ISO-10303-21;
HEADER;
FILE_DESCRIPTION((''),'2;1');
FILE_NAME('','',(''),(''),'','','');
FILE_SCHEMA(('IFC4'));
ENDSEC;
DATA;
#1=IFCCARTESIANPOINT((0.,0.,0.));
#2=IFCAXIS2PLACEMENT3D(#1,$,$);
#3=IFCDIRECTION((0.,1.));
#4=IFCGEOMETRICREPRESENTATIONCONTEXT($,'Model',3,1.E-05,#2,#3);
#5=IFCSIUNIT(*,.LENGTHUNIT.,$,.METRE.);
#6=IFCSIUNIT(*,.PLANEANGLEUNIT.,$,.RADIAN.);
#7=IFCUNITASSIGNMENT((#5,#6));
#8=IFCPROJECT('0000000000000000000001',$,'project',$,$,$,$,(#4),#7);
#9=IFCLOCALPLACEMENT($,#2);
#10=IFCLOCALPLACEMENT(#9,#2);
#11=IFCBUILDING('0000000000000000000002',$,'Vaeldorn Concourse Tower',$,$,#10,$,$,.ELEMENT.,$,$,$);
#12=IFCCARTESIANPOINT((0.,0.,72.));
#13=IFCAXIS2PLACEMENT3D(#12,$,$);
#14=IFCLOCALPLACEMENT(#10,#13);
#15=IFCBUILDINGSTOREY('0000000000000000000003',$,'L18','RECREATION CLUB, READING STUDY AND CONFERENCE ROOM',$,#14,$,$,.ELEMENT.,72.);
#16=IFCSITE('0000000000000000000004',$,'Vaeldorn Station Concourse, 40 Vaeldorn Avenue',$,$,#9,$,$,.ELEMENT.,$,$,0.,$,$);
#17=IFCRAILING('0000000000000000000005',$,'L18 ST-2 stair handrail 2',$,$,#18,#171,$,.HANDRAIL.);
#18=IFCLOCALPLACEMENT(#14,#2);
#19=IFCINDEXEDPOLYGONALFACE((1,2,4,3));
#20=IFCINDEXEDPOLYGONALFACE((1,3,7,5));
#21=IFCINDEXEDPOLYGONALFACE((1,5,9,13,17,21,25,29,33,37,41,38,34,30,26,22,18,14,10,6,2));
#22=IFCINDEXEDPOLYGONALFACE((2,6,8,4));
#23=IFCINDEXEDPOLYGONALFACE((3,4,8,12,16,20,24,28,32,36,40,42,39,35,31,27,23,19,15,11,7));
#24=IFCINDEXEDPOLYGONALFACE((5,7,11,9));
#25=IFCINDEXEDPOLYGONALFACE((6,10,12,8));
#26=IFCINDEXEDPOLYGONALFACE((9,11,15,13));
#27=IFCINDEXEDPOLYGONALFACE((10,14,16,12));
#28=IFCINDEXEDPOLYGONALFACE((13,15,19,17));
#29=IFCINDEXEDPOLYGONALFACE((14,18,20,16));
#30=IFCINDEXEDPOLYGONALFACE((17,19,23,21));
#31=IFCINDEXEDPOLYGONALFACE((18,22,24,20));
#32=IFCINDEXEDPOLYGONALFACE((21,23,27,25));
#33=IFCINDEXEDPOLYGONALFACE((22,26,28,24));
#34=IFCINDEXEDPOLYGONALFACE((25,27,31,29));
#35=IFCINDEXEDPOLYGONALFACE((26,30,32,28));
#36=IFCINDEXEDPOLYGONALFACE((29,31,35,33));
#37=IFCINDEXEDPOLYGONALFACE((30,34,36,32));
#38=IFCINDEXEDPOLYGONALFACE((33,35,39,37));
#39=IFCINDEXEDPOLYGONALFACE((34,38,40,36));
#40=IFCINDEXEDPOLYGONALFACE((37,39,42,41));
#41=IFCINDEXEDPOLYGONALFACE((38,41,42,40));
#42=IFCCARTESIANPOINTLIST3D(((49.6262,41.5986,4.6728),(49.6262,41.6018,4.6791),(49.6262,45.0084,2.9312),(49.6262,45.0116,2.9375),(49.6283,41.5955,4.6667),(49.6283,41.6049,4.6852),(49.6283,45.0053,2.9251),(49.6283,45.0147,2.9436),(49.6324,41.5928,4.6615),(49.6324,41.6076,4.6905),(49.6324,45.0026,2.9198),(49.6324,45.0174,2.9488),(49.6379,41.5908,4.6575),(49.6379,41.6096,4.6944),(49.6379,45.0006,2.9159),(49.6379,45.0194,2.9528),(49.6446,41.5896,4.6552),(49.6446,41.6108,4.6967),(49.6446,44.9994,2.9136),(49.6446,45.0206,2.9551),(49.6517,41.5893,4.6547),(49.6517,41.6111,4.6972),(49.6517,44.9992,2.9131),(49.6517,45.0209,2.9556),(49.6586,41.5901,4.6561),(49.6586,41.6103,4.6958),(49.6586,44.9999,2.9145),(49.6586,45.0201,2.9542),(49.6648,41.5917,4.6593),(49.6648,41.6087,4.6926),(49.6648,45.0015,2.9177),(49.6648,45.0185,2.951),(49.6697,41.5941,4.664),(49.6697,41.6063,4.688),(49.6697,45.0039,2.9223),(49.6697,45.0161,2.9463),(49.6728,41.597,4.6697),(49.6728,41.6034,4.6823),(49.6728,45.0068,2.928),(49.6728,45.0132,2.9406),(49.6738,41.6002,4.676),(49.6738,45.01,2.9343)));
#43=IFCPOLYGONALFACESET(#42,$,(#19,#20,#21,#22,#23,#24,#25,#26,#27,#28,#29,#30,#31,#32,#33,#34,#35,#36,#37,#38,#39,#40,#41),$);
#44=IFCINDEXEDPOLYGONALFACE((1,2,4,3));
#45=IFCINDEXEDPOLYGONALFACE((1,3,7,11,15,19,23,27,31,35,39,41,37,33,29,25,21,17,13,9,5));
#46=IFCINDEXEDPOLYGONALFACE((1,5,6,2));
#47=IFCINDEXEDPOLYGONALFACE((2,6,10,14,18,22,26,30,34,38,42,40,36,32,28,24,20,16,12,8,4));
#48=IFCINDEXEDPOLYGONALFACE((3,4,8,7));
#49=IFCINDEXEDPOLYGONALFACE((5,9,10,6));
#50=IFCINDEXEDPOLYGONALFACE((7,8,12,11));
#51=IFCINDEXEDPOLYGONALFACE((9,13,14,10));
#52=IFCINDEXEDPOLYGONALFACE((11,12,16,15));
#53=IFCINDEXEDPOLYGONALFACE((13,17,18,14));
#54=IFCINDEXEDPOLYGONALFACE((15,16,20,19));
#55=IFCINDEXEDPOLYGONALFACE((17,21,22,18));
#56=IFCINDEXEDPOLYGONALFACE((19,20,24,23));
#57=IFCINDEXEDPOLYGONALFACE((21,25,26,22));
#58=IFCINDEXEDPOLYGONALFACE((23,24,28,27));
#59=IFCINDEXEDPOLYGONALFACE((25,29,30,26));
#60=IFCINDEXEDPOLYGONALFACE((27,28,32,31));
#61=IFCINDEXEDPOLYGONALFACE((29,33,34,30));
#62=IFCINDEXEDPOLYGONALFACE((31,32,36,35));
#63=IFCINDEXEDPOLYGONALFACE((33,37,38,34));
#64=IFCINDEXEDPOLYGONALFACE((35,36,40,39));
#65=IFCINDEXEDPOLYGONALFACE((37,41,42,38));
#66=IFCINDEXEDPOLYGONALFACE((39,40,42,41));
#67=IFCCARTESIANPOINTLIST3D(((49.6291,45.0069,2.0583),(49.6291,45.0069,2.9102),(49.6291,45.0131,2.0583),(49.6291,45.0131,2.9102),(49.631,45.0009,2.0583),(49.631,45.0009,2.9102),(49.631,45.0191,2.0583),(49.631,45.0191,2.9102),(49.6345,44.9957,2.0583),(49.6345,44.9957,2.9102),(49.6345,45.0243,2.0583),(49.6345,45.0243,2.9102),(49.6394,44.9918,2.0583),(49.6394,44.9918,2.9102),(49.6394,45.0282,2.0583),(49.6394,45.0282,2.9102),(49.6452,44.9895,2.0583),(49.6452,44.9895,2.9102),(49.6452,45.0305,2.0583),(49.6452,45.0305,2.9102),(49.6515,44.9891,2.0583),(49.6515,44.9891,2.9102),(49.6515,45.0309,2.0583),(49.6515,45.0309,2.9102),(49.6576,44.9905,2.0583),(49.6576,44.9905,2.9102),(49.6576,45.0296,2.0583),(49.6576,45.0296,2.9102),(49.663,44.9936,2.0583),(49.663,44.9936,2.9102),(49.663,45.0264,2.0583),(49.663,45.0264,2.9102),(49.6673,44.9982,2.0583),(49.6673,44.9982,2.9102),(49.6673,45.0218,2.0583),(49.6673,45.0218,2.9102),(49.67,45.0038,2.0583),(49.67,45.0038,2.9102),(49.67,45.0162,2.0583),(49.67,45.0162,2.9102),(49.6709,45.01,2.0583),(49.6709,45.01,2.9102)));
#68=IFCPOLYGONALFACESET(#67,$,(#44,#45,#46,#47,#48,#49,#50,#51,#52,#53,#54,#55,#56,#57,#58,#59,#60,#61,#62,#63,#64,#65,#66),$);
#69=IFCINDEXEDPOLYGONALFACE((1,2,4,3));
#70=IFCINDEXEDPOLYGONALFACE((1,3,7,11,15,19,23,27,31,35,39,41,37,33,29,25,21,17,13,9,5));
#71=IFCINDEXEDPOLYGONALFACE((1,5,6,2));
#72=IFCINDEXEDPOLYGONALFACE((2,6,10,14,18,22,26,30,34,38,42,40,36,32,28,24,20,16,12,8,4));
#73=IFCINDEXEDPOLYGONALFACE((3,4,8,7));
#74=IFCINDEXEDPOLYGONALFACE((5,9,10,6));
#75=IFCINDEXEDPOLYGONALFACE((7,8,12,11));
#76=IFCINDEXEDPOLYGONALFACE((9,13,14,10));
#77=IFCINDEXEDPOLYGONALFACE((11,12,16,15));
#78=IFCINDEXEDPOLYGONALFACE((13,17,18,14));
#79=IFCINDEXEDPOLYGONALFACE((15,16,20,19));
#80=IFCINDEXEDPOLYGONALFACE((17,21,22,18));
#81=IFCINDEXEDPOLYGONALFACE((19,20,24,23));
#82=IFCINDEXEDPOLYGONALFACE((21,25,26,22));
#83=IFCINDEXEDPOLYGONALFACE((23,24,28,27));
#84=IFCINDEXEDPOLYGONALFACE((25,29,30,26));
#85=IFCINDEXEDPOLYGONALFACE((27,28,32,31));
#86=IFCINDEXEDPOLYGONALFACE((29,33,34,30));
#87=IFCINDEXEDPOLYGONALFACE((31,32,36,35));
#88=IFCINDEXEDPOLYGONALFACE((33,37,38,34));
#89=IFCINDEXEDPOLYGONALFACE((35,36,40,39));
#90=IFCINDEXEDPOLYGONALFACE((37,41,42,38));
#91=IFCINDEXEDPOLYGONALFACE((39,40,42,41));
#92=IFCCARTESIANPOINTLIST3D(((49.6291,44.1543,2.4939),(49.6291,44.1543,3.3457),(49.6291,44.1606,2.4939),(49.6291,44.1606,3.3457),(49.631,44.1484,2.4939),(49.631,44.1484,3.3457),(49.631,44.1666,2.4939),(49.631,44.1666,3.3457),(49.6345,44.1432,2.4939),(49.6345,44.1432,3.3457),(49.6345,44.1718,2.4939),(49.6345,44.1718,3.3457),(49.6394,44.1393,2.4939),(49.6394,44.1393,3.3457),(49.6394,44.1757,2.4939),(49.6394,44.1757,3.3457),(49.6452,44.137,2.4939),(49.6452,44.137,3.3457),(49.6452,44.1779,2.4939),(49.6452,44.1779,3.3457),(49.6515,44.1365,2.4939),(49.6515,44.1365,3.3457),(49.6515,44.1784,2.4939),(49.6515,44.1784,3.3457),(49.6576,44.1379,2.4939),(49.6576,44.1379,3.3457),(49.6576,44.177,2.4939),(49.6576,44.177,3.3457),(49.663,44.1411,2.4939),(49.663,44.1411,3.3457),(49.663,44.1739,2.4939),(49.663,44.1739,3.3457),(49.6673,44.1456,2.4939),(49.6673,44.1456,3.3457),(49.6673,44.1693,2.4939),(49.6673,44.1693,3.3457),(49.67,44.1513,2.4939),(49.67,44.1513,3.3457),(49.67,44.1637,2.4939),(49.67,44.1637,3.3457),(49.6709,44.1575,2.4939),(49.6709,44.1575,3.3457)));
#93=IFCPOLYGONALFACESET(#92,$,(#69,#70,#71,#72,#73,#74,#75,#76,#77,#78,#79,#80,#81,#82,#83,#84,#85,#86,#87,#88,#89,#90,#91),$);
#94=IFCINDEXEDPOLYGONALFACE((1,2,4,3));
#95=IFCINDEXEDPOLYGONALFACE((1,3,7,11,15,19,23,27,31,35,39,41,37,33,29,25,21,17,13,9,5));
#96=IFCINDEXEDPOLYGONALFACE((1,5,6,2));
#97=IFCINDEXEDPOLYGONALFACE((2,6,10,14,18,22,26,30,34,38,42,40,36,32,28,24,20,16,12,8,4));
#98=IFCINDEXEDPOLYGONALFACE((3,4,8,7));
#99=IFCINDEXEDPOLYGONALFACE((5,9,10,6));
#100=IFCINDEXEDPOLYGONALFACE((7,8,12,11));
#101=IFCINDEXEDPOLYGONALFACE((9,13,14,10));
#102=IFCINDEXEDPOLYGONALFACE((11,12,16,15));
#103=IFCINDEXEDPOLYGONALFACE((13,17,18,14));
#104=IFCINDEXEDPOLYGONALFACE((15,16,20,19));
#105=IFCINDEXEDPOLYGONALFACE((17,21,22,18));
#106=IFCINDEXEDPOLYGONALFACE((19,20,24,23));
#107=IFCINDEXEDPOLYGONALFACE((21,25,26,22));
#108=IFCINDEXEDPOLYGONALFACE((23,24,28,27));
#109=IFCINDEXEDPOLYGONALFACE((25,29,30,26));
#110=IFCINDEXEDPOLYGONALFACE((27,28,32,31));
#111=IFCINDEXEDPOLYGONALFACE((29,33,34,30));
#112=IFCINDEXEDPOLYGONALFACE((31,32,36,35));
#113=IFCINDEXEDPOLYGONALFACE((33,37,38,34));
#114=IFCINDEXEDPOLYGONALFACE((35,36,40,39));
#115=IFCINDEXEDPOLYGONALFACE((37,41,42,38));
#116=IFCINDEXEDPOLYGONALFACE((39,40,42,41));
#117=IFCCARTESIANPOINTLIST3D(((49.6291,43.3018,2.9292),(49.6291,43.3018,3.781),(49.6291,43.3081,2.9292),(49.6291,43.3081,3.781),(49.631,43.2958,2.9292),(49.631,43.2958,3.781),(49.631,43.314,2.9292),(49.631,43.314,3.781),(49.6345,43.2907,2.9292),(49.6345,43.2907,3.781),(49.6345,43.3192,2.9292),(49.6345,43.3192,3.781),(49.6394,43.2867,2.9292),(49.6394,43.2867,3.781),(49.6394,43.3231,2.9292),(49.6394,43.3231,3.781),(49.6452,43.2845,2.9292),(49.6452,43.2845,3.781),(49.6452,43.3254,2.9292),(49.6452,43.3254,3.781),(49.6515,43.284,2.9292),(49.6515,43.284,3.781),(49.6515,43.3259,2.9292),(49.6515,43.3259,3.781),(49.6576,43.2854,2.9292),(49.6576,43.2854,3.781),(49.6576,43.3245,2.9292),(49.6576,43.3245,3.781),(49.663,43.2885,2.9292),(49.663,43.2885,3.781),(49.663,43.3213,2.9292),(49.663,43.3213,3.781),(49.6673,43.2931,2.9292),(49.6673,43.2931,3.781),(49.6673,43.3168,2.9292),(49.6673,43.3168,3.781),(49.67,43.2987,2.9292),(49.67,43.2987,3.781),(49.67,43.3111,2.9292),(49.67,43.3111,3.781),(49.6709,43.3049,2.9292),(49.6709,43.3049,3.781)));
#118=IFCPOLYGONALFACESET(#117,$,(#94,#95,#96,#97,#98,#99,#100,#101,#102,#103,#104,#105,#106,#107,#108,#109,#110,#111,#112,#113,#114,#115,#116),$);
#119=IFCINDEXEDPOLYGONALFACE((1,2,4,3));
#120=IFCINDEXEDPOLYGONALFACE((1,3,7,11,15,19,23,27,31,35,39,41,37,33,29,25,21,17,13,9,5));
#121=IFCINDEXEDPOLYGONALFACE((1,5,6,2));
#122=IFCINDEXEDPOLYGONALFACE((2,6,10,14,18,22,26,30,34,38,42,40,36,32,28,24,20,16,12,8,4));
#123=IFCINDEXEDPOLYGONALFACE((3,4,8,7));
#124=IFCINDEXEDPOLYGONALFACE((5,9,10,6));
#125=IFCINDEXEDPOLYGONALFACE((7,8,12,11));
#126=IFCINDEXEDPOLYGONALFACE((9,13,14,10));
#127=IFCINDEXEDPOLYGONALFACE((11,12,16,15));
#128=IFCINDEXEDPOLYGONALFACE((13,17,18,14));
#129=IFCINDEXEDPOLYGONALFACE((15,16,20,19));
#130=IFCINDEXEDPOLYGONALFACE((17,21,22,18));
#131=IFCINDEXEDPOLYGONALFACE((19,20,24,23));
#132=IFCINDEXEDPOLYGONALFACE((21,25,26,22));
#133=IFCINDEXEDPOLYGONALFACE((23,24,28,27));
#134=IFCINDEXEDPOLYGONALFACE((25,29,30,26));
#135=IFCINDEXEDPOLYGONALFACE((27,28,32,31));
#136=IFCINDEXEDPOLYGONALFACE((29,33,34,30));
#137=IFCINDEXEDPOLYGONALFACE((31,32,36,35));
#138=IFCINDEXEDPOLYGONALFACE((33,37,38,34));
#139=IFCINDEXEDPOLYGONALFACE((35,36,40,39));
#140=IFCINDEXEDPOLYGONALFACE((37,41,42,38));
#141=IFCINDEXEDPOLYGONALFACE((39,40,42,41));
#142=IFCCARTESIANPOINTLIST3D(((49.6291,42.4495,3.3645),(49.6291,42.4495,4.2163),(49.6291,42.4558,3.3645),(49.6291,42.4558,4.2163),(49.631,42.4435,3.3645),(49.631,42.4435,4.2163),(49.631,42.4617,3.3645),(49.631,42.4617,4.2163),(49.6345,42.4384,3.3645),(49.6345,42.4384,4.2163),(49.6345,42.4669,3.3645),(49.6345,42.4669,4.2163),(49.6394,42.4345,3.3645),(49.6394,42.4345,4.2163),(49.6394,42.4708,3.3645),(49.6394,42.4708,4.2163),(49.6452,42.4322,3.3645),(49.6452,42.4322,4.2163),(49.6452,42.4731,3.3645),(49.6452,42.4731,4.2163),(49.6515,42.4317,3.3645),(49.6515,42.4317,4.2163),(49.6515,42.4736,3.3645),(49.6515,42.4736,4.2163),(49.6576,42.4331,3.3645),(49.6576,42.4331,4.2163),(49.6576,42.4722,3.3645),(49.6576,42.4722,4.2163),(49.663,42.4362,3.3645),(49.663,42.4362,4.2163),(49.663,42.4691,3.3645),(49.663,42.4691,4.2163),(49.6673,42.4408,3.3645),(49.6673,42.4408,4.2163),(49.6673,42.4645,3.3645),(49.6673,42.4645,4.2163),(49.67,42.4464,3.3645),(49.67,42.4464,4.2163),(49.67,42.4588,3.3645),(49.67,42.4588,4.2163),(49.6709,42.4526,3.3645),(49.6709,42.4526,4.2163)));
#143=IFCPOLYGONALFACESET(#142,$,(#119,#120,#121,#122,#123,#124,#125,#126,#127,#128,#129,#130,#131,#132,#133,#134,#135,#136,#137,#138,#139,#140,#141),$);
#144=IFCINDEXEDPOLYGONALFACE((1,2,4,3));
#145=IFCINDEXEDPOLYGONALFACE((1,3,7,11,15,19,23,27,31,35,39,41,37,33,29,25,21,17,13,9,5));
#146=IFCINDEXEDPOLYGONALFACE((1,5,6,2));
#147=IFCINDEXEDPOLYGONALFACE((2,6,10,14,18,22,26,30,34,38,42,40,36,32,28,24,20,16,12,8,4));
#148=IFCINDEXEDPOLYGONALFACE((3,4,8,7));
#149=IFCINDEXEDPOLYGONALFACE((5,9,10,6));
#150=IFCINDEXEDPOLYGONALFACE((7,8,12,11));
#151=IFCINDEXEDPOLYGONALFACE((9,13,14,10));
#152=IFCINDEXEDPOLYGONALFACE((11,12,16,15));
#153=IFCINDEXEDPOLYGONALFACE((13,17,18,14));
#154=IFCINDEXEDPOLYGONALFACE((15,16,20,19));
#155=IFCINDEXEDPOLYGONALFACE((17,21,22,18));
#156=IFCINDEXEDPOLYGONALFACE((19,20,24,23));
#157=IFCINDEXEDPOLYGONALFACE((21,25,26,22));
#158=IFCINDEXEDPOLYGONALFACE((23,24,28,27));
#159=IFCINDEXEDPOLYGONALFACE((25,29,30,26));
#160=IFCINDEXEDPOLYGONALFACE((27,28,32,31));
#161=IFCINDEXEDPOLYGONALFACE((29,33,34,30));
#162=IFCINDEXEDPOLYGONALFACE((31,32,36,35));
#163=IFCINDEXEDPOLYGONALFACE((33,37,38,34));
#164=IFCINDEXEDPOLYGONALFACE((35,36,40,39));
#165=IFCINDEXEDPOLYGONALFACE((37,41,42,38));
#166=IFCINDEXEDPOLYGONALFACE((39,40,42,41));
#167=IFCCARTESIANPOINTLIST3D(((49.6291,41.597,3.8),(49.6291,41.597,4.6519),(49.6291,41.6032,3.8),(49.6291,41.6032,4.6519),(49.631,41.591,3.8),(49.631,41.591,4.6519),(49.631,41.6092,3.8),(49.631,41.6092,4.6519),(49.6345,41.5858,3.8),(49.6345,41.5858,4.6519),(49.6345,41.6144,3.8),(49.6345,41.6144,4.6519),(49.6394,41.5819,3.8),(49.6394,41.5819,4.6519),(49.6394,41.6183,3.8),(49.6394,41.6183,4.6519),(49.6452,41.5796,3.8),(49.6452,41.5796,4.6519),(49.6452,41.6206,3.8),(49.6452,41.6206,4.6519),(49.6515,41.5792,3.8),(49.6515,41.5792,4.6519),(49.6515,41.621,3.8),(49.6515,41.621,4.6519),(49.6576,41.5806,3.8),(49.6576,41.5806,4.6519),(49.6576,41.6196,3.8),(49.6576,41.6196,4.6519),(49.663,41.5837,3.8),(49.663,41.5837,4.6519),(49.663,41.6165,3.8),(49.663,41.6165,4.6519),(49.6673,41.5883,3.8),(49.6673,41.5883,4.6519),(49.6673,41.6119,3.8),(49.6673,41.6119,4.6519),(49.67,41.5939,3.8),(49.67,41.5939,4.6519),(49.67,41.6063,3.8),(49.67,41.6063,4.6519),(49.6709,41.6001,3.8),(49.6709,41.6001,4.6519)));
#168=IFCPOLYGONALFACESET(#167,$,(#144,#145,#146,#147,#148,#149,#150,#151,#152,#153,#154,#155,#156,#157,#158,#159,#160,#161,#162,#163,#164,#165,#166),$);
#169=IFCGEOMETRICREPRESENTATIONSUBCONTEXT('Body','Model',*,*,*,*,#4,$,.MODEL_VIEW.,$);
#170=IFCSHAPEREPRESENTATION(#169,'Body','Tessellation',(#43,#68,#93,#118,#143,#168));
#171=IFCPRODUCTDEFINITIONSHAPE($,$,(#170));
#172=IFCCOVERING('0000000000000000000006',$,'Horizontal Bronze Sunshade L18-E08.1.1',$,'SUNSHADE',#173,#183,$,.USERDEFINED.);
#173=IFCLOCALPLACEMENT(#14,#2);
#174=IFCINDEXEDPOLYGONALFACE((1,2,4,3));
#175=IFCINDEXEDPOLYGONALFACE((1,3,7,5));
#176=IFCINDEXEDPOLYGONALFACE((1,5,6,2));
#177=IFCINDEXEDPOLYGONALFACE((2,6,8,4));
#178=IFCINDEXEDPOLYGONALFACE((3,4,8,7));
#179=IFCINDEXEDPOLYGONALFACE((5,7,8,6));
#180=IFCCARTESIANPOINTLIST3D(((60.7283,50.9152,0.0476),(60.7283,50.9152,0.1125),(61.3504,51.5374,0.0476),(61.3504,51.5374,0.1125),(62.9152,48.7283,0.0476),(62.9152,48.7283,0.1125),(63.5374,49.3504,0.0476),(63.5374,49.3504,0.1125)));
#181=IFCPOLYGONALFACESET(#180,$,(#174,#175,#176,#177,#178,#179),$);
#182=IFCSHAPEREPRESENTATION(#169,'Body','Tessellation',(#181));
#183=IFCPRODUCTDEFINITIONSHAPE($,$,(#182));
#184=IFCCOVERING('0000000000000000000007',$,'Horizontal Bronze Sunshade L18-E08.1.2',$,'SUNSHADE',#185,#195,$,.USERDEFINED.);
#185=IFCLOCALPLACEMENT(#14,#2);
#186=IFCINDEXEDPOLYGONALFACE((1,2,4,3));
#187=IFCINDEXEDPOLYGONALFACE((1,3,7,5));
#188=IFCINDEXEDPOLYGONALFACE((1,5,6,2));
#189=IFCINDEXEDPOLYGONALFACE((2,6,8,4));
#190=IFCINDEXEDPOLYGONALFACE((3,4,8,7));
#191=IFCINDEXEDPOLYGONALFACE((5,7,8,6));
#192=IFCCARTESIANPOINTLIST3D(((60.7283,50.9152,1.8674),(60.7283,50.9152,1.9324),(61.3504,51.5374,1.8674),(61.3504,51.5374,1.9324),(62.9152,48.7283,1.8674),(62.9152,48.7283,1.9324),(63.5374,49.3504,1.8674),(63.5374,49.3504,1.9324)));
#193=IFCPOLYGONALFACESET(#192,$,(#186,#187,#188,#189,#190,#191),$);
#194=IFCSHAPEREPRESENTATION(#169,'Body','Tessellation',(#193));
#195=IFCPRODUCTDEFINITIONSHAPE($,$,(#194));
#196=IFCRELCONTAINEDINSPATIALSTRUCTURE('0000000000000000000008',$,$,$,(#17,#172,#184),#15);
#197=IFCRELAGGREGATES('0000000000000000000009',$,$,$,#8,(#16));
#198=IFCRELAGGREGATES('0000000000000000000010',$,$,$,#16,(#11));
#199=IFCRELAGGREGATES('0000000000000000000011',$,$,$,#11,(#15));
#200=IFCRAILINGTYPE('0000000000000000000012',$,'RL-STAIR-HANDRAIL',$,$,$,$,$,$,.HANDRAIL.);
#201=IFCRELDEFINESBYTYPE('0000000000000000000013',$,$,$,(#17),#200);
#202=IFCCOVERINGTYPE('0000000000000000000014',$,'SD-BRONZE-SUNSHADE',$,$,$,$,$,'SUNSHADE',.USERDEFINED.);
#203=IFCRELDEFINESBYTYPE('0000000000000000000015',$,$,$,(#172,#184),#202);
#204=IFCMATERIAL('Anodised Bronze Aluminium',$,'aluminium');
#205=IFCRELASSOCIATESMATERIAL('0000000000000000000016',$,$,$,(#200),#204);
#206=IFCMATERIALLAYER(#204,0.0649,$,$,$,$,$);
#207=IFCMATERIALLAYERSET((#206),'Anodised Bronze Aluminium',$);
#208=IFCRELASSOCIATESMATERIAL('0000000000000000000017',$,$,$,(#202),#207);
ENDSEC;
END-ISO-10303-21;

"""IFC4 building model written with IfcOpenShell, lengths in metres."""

from ifc_helpers import new_model, si_unit, direction, frame, origin, origin_2d, place, context, subcontext, project, spatial, rectangle, circle, extrude, source, transform, mapped, material, layer, layer_set, type_object, element, save


model = new_model("IFC4")

# Units and contexts
model_context = context("Model", 3, precision=1e-05, world=origin(), true_north=direction((0.0, 1.0)))
body_context = subcontext(model_context, "Body", "Model", "MODEL_VIEW")
ifc_project = project(units=[si_unit("LENGTHUNIT", "METRE"), si_unit("PLANEANGLEUNIT", "RADIAN")], contexts=[model_context])

# Site, building, storey
site_placement = place(None, origin())
site = spatial("IfcSite", under=ifc_project, at=site_placement, Name="Vaeldorn Station Concourse, 40 Vaeldorn Avenue", CompositionType="ELEMENT", RefElevation=0.0)
building_placement = place(site_placement, origin())
building = spatial("IfcBuilding", under=site, at=building_placement, Name="Vaeldorn Concourse Tower", CompositionType="ELEMENT")
storey_placement = place(building_placement, frame((0.0, 0.0, 72.0)))
storey = spatial("IfcBuildingStorey", under=building, at=storey_placement, Name="L18", Description="RECREATION CLUB, READING STUDY AND CONFERENCE ROOM", CompositionType="ELEMENT", Elevation=72.0)

# Shared definitions
ifc_material_1 = material(Name="Anodised Bronze Aluminium", Category="aluminium")

# Railing
railing_type_1 = type_object("IfcRailingType", Name="RL-STAIR-HANDRAIL", PredefinedType="HANDRAIL", material=ifc_material_1)
railing_1_placement = place(storey_placement, frame((49.6499, 45.01, 2.0583)))
element("IfcRailing", 1, at=railing_1_placement, inside=storey, type_object=railing_type_1, Name="L18 ST-2 stair handrail 2", PredefinedType="HANDRAIL", context=body_context, shape_type="SweptSolid", body=[
    extrude(circle(Radius=0.0239, at=origin_2d()), frame((0.0, 0.0, 0.876), z_axis=(0.0, -0.890556, 0.454874), x_axis=(1.0, 0.0, 0.0)), (0.0, 0.0, 1.0), 3.8289),
    extrude(circle(Radius=0.021, at=origin_2d()), origin(), (0.0, 0.0, 1.0), 0.8518),
    extrude(circle(Radius=0.021, at=origin_2d()), frame((0.0, -0.8525, 0.4355)), (0.0, 0.0, 1.0), 0.8518),
    extrude(circle(Radius=0.021, at=origin_2d()), frame((0.0, -1.7051, 0.8708)), (0.0, 0.0, 1.0), 0.8518),
    extrude(circle(Radius=0.021, at=origin_2d()), frame((0.0, -2.5574, 1.3062)), (0.0, 0.0, 1.0), 0.8518),
    extrude(circle(Radius=0.021, at=origin_2d()), frame((0.0, -3.4099, 1.7417)), (0.0, 0.0, 1.0), 0.8518),
])

# Coverings
ifc_layer_1 = layer(ifc_material_1, 0.0649)
ifc_layer_set_1 = layer_set([ifc_layer_1], Name="Anodised Bronze Aluminium")
covering_type = type_object("IfcCoveringType", Name="SD-BRONZE-SUNSHADE", ElementType="SUNSHADE", PredefinedType="USERDEFINED", material=ifc_layer_set_1)
shared_shape_1 = source(origin(), body_context, "Body", "SweptSolid", [
    extrude(rectangle(XDim=3.0928, YDim=0.8799, at=origin_2d()), origin(), (0.0, 0.0, 1.0), 0.0649),
])
for number, where, z_axis, x_axis, name in (
    (2, (62.1328, 50.1328, 0.0476), (0.0, 0.0, 1.0), (-0.707107, 0.707107, 0.0), "Horizontal Bronze Sunshade L18-E08.1.1"),
    (3, (62.1328, 50.1328, 1.8674), (0.0, 0.0, 1.0), (-0.707107, 0.707107, 0.0), "Horizontal Bronze Sunshade L18-E08.1.2"),
):
    element("IfcCovering", number, at=place(storey_placement, frame(where, z_axis=z_axis, x_axis=x_axis)), inside=storey, type_object=covering_type, Name=name, ObjectType="SUNSHADE", PredefinedType="USERDEFINED", context=body_context, shape_type="MappedRepresentation", body=[
        mapped(shared_shape_1, transform((0.0, 0.0, 0.0), scale=1.0)),
    ])

save(model, "model.ifc")
